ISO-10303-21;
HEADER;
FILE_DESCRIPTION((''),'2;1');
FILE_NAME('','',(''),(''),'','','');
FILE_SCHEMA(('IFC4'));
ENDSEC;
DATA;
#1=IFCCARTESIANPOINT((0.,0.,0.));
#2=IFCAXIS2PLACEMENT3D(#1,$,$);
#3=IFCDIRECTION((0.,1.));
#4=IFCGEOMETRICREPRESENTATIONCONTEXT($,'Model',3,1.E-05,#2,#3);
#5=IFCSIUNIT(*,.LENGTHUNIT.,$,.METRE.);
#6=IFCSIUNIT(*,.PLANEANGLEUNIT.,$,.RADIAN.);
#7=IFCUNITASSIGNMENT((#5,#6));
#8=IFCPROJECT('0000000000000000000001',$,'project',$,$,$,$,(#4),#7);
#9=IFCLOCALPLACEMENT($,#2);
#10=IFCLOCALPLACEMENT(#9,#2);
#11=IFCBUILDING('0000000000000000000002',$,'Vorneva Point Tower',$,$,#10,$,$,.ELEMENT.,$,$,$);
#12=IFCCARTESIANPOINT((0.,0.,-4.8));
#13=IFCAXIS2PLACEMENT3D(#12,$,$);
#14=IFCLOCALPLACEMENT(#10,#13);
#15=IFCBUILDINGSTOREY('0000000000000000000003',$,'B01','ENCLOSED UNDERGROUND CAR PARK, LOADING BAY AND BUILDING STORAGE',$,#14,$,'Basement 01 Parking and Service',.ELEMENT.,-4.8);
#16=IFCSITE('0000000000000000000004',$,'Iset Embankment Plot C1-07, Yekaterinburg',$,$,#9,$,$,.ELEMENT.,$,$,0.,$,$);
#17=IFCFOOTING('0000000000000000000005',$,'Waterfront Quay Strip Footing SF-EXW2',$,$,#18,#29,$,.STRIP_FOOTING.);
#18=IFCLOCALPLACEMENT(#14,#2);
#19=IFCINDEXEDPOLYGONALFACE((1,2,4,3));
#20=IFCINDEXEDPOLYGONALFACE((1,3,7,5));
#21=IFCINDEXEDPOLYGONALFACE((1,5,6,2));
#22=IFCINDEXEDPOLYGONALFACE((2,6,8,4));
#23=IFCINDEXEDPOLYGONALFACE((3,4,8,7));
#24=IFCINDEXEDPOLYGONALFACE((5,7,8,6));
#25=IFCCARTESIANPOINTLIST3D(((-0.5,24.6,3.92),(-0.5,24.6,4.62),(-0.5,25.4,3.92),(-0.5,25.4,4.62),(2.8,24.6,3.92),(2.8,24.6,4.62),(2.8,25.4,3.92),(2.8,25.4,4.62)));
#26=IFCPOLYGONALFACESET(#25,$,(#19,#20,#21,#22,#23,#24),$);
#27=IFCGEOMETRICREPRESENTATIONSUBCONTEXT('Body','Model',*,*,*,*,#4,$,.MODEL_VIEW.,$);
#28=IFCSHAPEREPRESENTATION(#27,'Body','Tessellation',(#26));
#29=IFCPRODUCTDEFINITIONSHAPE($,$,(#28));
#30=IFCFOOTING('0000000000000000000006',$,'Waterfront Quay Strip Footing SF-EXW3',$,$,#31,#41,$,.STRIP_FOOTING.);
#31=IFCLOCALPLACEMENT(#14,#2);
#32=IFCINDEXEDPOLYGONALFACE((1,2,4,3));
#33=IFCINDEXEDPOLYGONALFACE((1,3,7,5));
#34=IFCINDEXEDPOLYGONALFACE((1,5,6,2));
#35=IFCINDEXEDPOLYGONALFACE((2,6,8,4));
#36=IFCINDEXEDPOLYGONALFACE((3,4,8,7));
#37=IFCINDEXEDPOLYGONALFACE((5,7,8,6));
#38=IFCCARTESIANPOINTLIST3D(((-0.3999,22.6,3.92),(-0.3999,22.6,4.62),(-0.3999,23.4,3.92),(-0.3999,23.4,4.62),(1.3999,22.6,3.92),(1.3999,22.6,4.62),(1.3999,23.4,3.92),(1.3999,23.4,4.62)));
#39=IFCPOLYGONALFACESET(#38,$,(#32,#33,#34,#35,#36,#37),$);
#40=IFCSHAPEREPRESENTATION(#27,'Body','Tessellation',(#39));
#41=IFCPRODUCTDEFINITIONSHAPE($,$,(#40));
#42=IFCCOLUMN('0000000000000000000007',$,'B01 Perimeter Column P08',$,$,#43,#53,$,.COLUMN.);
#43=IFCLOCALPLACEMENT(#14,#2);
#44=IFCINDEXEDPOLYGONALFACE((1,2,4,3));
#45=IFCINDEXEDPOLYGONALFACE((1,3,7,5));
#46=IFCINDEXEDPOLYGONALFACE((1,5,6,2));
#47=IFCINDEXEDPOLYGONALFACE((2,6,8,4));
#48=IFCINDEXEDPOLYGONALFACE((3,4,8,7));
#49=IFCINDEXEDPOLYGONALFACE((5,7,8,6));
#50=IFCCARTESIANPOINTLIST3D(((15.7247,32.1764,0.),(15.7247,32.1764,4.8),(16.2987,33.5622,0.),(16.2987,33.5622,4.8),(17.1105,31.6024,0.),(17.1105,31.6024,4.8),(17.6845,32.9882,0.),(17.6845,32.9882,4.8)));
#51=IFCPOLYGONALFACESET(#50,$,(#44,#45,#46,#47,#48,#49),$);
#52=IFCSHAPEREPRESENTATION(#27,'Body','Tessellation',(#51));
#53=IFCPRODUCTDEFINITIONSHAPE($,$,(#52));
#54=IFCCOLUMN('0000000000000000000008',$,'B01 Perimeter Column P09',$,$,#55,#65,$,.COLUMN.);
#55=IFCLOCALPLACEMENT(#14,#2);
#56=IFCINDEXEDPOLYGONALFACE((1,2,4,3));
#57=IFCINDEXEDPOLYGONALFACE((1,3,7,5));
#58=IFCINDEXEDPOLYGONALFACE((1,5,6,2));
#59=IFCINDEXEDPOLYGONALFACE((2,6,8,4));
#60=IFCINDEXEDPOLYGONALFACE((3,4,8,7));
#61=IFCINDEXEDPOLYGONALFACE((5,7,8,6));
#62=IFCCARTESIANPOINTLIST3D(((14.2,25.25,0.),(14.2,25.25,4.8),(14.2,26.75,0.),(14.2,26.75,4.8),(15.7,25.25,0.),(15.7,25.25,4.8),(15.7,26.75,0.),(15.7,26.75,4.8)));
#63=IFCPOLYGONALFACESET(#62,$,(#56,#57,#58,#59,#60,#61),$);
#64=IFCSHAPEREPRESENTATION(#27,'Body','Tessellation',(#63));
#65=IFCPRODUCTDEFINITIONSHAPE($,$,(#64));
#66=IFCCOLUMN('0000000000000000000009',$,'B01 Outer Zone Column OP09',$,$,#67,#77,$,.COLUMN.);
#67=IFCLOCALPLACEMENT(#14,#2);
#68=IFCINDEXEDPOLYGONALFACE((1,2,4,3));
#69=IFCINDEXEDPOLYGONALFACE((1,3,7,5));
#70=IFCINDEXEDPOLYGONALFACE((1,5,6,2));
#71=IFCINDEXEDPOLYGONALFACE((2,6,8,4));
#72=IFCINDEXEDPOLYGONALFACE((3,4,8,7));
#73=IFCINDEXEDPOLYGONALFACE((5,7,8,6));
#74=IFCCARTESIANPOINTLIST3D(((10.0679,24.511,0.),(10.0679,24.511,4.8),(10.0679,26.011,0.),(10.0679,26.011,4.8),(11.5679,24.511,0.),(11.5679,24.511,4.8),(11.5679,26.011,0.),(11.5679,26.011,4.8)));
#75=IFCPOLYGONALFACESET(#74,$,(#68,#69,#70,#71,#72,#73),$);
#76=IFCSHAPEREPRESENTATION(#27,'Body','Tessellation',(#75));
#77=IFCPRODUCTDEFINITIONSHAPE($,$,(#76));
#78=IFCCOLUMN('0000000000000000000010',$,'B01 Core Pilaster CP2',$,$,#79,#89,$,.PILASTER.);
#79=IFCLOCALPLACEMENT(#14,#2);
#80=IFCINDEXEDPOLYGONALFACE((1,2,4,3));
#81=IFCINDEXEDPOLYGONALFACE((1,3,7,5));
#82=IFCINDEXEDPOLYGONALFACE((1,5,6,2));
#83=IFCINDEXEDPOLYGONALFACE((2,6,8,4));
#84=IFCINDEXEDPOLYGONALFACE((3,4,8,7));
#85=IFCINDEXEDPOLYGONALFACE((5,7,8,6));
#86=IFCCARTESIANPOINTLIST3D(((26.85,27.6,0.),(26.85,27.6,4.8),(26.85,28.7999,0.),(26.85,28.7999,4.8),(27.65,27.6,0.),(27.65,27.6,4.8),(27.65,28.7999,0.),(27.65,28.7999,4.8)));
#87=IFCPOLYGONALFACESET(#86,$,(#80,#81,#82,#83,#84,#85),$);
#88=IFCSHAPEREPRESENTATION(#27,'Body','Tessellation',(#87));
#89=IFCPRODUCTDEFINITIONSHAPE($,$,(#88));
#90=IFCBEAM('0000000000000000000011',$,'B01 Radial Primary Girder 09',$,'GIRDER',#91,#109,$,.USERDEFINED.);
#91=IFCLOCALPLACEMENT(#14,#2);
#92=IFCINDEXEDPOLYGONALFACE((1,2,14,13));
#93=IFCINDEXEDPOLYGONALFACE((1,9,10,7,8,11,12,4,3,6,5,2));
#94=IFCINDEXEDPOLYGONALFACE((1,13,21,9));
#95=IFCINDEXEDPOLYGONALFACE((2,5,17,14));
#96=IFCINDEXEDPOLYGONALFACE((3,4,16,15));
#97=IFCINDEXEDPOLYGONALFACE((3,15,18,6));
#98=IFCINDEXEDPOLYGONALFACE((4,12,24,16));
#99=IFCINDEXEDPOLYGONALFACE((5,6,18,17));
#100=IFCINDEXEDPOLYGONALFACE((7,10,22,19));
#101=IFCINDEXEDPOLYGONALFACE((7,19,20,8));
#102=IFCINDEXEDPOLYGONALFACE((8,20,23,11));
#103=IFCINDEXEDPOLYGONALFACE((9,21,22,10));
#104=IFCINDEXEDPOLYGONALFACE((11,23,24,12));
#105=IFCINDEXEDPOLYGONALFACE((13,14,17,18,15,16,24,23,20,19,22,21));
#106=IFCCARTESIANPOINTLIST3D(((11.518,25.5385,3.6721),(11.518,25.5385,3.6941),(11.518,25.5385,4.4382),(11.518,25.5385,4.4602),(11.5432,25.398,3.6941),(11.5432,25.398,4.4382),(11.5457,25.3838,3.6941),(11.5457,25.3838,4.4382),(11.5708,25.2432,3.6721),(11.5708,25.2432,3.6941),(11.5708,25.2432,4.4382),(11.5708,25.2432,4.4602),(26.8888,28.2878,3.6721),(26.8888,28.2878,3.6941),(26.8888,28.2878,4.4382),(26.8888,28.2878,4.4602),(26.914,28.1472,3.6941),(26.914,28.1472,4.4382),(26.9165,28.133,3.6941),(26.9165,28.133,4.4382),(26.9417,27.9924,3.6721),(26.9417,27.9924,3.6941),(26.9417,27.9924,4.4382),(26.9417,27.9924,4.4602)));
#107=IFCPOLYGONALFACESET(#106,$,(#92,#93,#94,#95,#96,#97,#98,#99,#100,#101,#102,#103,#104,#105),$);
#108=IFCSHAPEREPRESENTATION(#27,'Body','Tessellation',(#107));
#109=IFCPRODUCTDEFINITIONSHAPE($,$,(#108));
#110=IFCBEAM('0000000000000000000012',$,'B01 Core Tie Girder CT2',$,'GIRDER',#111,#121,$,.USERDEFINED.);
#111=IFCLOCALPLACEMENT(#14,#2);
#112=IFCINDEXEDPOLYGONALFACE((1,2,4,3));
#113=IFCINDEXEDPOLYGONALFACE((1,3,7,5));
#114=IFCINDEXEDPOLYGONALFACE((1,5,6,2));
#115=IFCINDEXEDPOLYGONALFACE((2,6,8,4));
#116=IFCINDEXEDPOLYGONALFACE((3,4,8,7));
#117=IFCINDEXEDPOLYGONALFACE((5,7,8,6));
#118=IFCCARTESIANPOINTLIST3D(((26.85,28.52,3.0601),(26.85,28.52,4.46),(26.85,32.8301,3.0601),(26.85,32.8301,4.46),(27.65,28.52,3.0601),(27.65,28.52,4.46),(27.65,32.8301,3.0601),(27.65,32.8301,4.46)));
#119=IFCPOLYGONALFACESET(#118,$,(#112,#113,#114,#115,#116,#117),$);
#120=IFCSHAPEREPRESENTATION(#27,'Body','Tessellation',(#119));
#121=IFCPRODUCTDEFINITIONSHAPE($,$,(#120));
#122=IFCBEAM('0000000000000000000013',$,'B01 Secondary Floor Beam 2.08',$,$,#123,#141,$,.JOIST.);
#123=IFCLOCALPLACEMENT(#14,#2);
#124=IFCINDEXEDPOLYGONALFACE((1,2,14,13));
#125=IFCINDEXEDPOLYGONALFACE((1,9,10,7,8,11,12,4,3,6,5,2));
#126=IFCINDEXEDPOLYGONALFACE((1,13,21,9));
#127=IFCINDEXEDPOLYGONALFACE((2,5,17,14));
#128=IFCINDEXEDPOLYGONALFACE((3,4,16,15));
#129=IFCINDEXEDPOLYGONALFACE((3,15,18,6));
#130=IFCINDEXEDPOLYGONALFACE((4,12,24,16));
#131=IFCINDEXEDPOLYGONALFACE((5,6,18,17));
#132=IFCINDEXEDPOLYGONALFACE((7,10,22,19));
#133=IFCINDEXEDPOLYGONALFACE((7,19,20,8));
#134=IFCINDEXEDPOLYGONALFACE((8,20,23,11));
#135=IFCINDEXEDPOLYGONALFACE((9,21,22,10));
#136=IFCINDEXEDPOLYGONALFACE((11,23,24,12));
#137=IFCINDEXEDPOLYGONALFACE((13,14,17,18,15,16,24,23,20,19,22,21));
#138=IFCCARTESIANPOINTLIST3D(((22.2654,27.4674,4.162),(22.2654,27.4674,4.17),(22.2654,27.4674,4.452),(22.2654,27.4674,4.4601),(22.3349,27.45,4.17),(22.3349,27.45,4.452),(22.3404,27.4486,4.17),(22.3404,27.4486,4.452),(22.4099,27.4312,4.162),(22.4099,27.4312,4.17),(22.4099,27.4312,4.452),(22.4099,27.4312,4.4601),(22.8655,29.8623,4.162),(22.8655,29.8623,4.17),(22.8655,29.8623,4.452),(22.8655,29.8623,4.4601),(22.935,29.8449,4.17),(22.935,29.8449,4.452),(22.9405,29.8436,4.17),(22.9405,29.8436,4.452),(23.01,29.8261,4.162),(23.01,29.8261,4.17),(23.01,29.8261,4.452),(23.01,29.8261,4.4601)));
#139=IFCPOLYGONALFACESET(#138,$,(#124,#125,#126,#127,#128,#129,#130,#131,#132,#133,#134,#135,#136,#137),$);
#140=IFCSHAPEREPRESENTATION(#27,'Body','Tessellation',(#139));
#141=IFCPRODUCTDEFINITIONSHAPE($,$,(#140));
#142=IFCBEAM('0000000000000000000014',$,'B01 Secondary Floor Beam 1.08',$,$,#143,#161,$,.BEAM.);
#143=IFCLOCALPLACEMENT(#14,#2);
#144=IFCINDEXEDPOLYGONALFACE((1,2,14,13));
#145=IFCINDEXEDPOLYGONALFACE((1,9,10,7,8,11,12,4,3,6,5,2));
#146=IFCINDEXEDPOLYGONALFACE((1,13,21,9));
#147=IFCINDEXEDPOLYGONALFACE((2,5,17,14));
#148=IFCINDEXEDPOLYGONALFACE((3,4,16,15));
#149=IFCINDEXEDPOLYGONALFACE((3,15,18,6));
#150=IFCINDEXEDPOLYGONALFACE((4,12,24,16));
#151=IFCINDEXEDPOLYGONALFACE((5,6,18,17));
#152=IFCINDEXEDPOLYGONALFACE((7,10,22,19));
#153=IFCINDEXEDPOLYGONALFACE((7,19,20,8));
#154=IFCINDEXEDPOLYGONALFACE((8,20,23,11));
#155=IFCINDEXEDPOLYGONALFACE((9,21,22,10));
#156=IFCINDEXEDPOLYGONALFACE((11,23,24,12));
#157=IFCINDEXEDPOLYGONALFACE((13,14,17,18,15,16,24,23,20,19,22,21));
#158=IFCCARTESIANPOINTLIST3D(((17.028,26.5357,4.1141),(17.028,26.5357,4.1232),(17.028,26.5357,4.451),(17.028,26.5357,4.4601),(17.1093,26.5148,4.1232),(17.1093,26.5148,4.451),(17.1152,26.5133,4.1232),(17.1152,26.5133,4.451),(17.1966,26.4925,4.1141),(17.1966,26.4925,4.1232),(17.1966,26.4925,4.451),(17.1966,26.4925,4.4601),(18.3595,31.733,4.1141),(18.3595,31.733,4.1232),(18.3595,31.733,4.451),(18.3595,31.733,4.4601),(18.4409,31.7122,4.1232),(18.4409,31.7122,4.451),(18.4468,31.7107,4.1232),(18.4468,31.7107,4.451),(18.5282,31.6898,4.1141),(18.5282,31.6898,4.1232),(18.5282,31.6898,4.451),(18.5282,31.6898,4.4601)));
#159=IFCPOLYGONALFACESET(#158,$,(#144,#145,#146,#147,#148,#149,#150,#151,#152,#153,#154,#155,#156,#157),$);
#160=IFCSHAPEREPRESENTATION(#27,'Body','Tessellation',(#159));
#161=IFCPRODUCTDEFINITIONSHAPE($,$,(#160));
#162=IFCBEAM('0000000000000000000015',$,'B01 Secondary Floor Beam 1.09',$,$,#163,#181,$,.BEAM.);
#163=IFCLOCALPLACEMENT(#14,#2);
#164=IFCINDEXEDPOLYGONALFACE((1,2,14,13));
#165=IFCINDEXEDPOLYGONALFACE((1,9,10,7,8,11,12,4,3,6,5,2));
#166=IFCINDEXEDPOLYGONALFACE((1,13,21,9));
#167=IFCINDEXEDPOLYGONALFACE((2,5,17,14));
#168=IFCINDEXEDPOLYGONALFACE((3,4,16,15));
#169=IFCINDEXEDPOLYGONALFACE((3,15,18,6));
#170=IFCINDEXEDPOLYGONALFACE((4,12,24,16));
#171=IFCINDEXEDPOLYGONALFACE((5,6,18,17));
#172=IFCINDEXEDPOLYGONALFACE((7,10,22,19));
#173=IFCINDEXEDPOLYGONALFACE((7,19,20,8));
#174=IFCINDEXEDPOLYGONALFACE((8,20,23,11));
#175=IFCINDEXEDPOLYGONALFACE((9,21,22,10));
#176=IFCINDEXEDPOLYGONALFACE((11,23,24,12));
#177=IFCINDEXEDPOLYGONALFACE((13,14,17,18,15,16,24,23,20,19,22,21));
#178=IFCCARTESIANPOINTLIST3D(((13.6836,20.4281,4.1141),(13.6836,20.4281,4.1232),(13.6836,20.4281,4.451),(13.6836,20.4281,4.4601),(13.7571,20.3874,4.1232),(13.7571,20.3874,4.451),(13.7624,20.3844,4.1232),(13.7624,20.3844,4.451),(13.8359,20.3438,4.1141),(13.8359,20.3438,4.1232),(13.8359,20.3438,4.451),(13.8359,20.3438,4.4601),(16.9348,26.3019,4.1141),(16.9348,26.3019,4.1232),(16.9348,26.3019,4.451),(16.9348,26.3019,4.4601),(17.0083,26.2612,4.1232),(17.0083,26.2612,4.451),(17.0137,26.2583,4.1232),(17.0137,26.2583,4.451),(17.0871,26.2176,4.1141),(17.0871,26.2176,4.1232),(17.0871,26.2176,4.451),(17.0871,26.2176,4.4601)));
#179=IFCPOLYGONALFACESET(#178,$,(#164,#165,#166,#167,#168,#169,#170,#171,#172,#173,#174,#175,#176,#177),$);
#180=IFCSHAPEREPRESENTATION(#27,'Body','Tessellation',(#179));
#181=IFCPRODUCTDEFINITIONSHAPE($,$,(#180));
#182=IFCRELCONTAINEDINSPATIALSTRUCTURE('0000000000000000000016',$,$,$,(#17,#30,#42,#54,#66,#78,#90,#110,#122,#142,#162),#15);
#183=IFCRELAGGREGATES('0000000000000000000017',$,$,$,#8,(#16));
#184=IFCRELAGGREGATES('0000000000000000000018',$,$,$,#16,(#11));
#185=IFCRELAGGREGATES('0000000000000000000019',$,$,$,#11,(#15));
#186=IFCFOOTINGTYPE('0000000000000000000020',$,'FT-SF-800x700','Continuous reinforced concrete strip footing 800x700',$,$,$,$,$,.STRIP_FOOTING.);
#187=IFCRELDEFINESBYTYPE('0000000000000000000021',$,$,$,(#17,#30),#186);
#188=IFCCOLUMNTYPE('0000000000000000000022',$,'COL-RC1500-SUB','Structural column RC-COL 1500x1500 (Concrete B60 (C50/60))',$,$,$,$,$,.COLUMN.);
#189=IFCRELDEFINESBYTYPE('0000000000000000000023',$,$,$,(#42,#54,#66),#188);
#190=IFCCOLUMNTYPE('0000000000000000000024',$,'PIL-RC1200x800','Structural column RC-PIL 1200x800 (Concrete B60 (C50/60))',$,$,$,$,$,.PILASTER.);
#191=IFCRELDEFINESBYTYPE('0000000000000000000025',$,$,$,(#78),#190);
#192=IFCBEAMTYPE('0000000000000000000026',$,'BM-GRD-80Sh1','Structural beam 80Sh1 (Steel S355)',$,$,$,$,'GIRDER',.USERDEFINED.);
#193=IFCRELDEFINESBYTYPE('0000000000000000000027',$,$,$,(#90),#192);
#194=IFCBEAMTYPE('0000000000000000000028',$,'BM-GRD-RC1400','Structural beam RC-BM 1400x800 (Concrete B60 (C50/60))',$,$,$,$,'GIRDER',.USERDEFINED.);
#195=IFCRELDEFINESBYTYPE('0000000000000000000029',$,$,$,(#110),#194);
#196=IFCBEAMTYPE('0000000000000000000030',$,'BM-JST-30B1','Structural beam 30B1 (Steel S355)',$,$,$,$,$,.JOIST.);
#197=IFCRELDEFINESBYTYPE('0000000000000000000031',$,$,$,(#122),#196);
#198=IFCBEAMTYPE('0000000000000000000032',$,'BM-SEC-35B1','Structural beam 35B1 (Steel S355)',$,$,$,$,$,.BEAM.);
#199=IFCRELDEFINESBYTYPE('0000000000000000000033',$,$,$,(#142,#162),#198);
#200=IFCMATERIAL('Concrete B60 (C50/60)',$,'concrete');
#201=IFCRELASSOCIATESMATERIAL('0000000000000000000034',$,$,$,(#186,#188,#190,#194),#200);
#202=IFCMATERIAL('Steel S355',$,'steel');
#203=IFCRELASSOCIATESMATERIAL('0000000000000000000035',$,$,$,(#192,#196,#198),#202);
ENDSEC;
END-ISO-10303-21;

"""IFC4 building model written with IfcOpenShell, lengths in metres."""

from ifc_helpers import new_model, si_unit, direction, frame, origin, origin_2d, place, context, subcontext, project, spatial, rectangle, i_section, extrude, material, material_profile, profile_set, type_object, element, save


model = new_model("IFC4")

# Units and contexts
model_context = context("Model", 3, precision=1e-05, world=origin(), true_north=direction((0.0, 1.0)))
body_context = subcontext(model_context, "Body", "Model", "MODEL_VIEW")
ifc_project = project(units=[si_unit("LENGTHUNIT", "METRE"), si_unit("PLANEANGLEUNIT", "RADIAN")], contexts=[model_context])

# Site, building, storey
site_placement = place(None, origin())
site = spatial("IfcSite", under=ifc_project, at=site_placement, Name="Iset Embankment Plot C1-07, Yekaterinburg", CompositionType="ELEMENT", RefElevation=0.0)
building_placement = place(site_placement, origin())
building = spatial("IfcBuilding", under=site, at=building_placement, Name="Vorneva Point Tower", CompositionType="ELEMENT")
storey_placement = place(building_placement, frame((0.0, 0.0, -4.8)))
storey = spatial("IfcBuildingStorey", under=building, at=storey_placement, Name="B01", Description="ENCLOSED UNDERGROUND CAR PARK, LOADING BAY AND BUILDING STORAGE", LongName="Basement 01 Parking and Service", CompositionType="ELEMENT", Elevation=-4.8)

# Footings
ifc_material_1 = material(Name="Concrete B60 (C50/60)", Category="concrete")
ifc_material_profile_1 = material_profile(ifc_material_1, rectangle(XDim=0.8, YDim=0.7, at=origin_2d()), Name="SF 800x700")
ifc_profile_set_1 = profile_set([ifc_material_profile_1], Name="Concrete B60 (C50/60)")
footing_type = type_object("IfcFootingType", Name="FT-SF-800x700", Description="Continuous reinforced concrete strip footing 800x700", PredefinedType="STRIP_FOOTING", material=ifc_profile_set_1)
footing_1_placement = place(storey_placement, frame((-0.5, 25.0, 4.27), z_axis=(1.0, 0.0, 0.0), x_axis=(0.0, 1.0, 0.0)))
element("IfcFooting", 1, at=footing_1_placement, inside=storey, type_object=footing_type, Name="Waterfront Quay Strip Footing SF-EXW2", PredefinedType="STRIP_FOOTING", context=body_context, shape_type="SweptSolid", body=[
    extrude(rectangle(XDim=0.8, YDim=0.7, at=origin_2d()), origin(), (0.0, 0.0, 1.0), 3.3),
])
footing_2_placement = place(storey_placement, frame((-0.3999, 23.0, 4.27), z_axis=(1.0, 0.0, 0.0), x_axis=(0.0, 1.0, 0.0)))
element("IfcFooting", 2, at=footing_2_placement, inside=storey, type_object=footing_type, Name="Waterfront Quay Strip Footing SF-EXW3", PredefinedType="STRIP_FOOTING", context=body_context, shape_type="SweptSolid", body=[
    extrude(rectangle(XDim=0.8, YDim=0.7, at=origin_2d()), origin(), (0.0, 0.0, 1.0), 1.7998),
])

# Columns
ifc_material_profile_2 = material_profile(ifc_material_1, rectangle(XDim=1.5, YDim=1.5, at=origin_2d()), Name="RC-COL 1500x1500")
ifc_profile_set_2 = profile_set([ifc_material_profile_2], Name="Concrete B60 (C50/60)")
column_type_1 = type_object("IfcColumnType", Name="COL-RC1500-SUB", Description="Structural column RC-COL 1500x1500 (Concrete B60 (C50/60))", PredefinedType="COLUMN", material=ifc_profile_set_2)
for number, where, z_axis, x_axis, name in (
    (3, (16.7046, 32.5823, 0.0), (0.0, 0.0, 1.0), (-0.92388, 0.382683, 0.0), "B01 Perimeter Column P08"),
    (4, (14.95, 26.0, 0.0), (0.0, 0.0, 1.0), (-1.0, 0.0, 0.0), "B01 Perimeter Column P09"),
    (5, (10.8179, 25.261, 0.0), (0.0, 0.0, 1.0), (-1.0, 0.0, 0.0), "B01 Outer Zone Column OP09"),
):
    element("IfcColumn", number, at=place(storey_placement, frame(where, z_axis=z_axis, x_axis=x_axis)), inside=storey, type_object=column_type_1, Name=name, PredefinedType="COLUMN", context=body_context, shape_type="SweptSolid", body=[
        extrude(rectangle(XDim=1.5, YDim=1.5, at=origin_2d()), origin(), (0.0, 0.0, 1.0), 4.8),
    ])
ifc_material_profile_3 = material_profile(ifc_material_1, rectangle(XDim=0.8, YDim=1.2, at=origin_2d()), Name="RC-PIL 1200x800")
ifc_profile_set_3 = profile_set([ifc_material_profile_3], Name="Concrete B60 (C50/60)")
column_type_2 = type_object("IfcColumnType", Name="PIL-RC1200x800", Description="Structural column RC-PIL 1200x800 (Concrete B60 (C50/60))", PredefinedType="PILASTER", material=ifc_profile_set_3)
column_placement = place(storey_placement, frame((27.25, 28.2, 0.0), z_axis=(0.0, 0.0, 1.0), x_axis=(1.0, 0.0, 0.0)))
element("IfcColumn", 6, at=column_placement, inside=storey, type_object=column_type_2, Name="B01 Core Pilaster CP2", PredefinedType="PILASTER", context=body_context, shape_type="SweptSolid", body=[
    extrude(rectangle(XDim=0.8, YDim=1.2, at=origin_2d()), origin(), (0.0, 0.0, 1.0), 4.8),
])

# Beams
ifc_material_2 = material(Name="Steel S355", Category="steel")
ifc_material_profile_4 = material_profile(ifc_material_2, i_section(OverallWidth=0.3, OverallDepth=0.7881, WebThickness=0.0144, FlangeThickness=0.022, at=origin_2d()), Name="80Sh1")
ifc_profile_set_4 = profile_set([ifc_material_profile_4], Name="Steel S355")
beam_type_1 = type_object("IfcBeamType", Name="BM-GRD-80Sh1", Description="Structural beam 80Sh1 (Steel S355)", ElementType="GIRDER", PredefinedType="USERDEFINED", material=ifc_profile_set_4)
beam_1_placement = place(storey_placement, frame((11.5444, 25.3909, 4.0662), z_axis=(0.984378, 0.176068, 0.0), x_axis=(-0.176068, 0.984378, 0.0)))
element("IfcBeam", 7, at=beam_1_placement, inside=storey, type_object=beam_type_1, Name="B01 Radial Primary Girder 09", ObjectType="GIRDER", PredefinedType="USERDEFINED", context=body_context, shape_type="SweptSolid", body=[
    extrude(i_section(OverallWidth=0.3, OverallDepth=0.7881, WebThickness=0.0144, FlangeThickness=0.022, at=origin_2d()), origin(), (0.0, 0.0, 1.0), 15.6147),
])
ifc_material_profile_5 = material_profile(ifc_material_1, rectangle(XDim=0.8, YDim=1.3999, at=origin_2d()), Name="RC-BM 1400x800")
ifc_profile_set_5 = profile_set([ifc_material_profile_5], Name="Concrete B60 (C50/60)")
beam_type_2 = type_object("IfcBeamType", Name="BM-GRD-RC1400", Description="Structural beam RC-BM 1400x800 (Concrete B60 (C50/60))", ElementType="GIRDER", PredefinedType="USERDEFINED", material=ifc_profile_set_5)
beam_2_placement = place(storey_placement, frame((27.25, 28.52, 3.76), z_axis=(0.0, 1.0, 0.0), x_axis=(-1.0, 0.0, 0.0)))
element("IfcBeam", 8, at=beam_2_placement, inside=storey, type_object=beam_type_2, Name="B01 Core Tie Girder CT2", ObjectType="GIRDER", PredefinedType="USERDEFINED", context=body_context, shape_type="SweptSolid", body=[
    extrude(rectangle(XDim=0.8, YDim=1.3999, at=origin_2d()), origin(), (0.0, 0.0, 1.0), 4.3101),
])
ifc_material_profile_6 = material_profile(ifc_material_2, i_section(OverallWidth=0.1489, OverallDepth=0.2981, WebThickness=0.0056, FlangeThickness=0.0081, at=origin_2d()), Name="30B1")
ifc_profile_set_6 = profile_set([ifc_material_profile_6], Name="Steel S355")
beam_type_3 = type_object("IfcBeamType", Name="BM-JST-30B1", Description="Structural beam 30B1 (Steel S355)", PredefinedType="JOIST", material=ifc_profile_set_6)
beam_3_placement = place(storey_placement, frame((22.9377, 29.8442, 4.311), z_axis=(-0.243047, -0.970014, 0.0), x_axis=(0.970014, -0.243047, 0.0)))
element("IfcBeam", 9, at=beam_3_placement, inside=storey, type_object=beam_type_3, Name="B01 Secondary Floor Beam 2.08", PredefinedType="JOIST", context=body_context, shape_type="SweptSolid", body=[
    extrude(i_section(OverallWidth=0.1489, OverallDepth=0.2981, WebThickness=0.0056, FlangeThickness=0.0081, at=origin_2d()), origin(), (0.0, 0.0, 1.0), 2.469),
])
ifc_material_profile_7 = material_profile(ifc_material_2, i_section(OverallWidth=0.1741, OverallDepth=0.3459, WebThickness=0.0061, FlangeThickness=0.009, at=origin_2d()), Name="35B1")
ifc_profile_set_7 = profile_set([ifc_material_profile_7], Name="Steel S355")
beam_type_4 = type_object("IfcBeamType", Name="BM-SEC-35B1", Description="Structural beam 35B1 (Steel S355)", PredefinedType="BEAM", material=ifc_profile_set_7)
beam_4_placement = place(storey_placement, frame((18.4438, 31.7114, 4.2871), z_axis=(-0.248185, -0.968713, 0.0), x_axis=(0.968713, -0.248185, 0.0)))
element("IfcBeam", 10, at=beam_4_placement, inside=storey, type_object=beam_type_4, Name="B01 Secondary Floor Beam 1.08", PredefinedType="BEAM", context=body_context, shape_type="SweptSolid", body=[
    extrude(i_section(OverallWidth=0.1741, OverallDepth=0.3459, WebThickness=0.0061, FlangeThickness=0.009, at=origin_2d()), origin(), (0.0, 0.0, 1.0), 5.3652),
])
beam_5_placement = place(storey_placement, frame((17.011, 26.2598, 4.2871), z_axis=(-0.484278, -0.874914, 0.0), x_axis=(0.874914, -0.484278, 0.0)))
element("IfcBeam", 11, at=beam_5_placement, inside=storey, type_object=beam_type_4, Name="B01 Secondary Floor Beam 1.09", PredefinedType="BEAM", context=body_context, shape_type="SweptSolid", body=[
    extrude(i_section(OverallWidth=0.1741, OverallDepth=0.3459, WebThickness=0.0061, FlangeThickness=0.009, at=origin_2d()), origin(), (0.0, 0.0, 1.0), 6.7136),
])

save(model, "model.ifc")
